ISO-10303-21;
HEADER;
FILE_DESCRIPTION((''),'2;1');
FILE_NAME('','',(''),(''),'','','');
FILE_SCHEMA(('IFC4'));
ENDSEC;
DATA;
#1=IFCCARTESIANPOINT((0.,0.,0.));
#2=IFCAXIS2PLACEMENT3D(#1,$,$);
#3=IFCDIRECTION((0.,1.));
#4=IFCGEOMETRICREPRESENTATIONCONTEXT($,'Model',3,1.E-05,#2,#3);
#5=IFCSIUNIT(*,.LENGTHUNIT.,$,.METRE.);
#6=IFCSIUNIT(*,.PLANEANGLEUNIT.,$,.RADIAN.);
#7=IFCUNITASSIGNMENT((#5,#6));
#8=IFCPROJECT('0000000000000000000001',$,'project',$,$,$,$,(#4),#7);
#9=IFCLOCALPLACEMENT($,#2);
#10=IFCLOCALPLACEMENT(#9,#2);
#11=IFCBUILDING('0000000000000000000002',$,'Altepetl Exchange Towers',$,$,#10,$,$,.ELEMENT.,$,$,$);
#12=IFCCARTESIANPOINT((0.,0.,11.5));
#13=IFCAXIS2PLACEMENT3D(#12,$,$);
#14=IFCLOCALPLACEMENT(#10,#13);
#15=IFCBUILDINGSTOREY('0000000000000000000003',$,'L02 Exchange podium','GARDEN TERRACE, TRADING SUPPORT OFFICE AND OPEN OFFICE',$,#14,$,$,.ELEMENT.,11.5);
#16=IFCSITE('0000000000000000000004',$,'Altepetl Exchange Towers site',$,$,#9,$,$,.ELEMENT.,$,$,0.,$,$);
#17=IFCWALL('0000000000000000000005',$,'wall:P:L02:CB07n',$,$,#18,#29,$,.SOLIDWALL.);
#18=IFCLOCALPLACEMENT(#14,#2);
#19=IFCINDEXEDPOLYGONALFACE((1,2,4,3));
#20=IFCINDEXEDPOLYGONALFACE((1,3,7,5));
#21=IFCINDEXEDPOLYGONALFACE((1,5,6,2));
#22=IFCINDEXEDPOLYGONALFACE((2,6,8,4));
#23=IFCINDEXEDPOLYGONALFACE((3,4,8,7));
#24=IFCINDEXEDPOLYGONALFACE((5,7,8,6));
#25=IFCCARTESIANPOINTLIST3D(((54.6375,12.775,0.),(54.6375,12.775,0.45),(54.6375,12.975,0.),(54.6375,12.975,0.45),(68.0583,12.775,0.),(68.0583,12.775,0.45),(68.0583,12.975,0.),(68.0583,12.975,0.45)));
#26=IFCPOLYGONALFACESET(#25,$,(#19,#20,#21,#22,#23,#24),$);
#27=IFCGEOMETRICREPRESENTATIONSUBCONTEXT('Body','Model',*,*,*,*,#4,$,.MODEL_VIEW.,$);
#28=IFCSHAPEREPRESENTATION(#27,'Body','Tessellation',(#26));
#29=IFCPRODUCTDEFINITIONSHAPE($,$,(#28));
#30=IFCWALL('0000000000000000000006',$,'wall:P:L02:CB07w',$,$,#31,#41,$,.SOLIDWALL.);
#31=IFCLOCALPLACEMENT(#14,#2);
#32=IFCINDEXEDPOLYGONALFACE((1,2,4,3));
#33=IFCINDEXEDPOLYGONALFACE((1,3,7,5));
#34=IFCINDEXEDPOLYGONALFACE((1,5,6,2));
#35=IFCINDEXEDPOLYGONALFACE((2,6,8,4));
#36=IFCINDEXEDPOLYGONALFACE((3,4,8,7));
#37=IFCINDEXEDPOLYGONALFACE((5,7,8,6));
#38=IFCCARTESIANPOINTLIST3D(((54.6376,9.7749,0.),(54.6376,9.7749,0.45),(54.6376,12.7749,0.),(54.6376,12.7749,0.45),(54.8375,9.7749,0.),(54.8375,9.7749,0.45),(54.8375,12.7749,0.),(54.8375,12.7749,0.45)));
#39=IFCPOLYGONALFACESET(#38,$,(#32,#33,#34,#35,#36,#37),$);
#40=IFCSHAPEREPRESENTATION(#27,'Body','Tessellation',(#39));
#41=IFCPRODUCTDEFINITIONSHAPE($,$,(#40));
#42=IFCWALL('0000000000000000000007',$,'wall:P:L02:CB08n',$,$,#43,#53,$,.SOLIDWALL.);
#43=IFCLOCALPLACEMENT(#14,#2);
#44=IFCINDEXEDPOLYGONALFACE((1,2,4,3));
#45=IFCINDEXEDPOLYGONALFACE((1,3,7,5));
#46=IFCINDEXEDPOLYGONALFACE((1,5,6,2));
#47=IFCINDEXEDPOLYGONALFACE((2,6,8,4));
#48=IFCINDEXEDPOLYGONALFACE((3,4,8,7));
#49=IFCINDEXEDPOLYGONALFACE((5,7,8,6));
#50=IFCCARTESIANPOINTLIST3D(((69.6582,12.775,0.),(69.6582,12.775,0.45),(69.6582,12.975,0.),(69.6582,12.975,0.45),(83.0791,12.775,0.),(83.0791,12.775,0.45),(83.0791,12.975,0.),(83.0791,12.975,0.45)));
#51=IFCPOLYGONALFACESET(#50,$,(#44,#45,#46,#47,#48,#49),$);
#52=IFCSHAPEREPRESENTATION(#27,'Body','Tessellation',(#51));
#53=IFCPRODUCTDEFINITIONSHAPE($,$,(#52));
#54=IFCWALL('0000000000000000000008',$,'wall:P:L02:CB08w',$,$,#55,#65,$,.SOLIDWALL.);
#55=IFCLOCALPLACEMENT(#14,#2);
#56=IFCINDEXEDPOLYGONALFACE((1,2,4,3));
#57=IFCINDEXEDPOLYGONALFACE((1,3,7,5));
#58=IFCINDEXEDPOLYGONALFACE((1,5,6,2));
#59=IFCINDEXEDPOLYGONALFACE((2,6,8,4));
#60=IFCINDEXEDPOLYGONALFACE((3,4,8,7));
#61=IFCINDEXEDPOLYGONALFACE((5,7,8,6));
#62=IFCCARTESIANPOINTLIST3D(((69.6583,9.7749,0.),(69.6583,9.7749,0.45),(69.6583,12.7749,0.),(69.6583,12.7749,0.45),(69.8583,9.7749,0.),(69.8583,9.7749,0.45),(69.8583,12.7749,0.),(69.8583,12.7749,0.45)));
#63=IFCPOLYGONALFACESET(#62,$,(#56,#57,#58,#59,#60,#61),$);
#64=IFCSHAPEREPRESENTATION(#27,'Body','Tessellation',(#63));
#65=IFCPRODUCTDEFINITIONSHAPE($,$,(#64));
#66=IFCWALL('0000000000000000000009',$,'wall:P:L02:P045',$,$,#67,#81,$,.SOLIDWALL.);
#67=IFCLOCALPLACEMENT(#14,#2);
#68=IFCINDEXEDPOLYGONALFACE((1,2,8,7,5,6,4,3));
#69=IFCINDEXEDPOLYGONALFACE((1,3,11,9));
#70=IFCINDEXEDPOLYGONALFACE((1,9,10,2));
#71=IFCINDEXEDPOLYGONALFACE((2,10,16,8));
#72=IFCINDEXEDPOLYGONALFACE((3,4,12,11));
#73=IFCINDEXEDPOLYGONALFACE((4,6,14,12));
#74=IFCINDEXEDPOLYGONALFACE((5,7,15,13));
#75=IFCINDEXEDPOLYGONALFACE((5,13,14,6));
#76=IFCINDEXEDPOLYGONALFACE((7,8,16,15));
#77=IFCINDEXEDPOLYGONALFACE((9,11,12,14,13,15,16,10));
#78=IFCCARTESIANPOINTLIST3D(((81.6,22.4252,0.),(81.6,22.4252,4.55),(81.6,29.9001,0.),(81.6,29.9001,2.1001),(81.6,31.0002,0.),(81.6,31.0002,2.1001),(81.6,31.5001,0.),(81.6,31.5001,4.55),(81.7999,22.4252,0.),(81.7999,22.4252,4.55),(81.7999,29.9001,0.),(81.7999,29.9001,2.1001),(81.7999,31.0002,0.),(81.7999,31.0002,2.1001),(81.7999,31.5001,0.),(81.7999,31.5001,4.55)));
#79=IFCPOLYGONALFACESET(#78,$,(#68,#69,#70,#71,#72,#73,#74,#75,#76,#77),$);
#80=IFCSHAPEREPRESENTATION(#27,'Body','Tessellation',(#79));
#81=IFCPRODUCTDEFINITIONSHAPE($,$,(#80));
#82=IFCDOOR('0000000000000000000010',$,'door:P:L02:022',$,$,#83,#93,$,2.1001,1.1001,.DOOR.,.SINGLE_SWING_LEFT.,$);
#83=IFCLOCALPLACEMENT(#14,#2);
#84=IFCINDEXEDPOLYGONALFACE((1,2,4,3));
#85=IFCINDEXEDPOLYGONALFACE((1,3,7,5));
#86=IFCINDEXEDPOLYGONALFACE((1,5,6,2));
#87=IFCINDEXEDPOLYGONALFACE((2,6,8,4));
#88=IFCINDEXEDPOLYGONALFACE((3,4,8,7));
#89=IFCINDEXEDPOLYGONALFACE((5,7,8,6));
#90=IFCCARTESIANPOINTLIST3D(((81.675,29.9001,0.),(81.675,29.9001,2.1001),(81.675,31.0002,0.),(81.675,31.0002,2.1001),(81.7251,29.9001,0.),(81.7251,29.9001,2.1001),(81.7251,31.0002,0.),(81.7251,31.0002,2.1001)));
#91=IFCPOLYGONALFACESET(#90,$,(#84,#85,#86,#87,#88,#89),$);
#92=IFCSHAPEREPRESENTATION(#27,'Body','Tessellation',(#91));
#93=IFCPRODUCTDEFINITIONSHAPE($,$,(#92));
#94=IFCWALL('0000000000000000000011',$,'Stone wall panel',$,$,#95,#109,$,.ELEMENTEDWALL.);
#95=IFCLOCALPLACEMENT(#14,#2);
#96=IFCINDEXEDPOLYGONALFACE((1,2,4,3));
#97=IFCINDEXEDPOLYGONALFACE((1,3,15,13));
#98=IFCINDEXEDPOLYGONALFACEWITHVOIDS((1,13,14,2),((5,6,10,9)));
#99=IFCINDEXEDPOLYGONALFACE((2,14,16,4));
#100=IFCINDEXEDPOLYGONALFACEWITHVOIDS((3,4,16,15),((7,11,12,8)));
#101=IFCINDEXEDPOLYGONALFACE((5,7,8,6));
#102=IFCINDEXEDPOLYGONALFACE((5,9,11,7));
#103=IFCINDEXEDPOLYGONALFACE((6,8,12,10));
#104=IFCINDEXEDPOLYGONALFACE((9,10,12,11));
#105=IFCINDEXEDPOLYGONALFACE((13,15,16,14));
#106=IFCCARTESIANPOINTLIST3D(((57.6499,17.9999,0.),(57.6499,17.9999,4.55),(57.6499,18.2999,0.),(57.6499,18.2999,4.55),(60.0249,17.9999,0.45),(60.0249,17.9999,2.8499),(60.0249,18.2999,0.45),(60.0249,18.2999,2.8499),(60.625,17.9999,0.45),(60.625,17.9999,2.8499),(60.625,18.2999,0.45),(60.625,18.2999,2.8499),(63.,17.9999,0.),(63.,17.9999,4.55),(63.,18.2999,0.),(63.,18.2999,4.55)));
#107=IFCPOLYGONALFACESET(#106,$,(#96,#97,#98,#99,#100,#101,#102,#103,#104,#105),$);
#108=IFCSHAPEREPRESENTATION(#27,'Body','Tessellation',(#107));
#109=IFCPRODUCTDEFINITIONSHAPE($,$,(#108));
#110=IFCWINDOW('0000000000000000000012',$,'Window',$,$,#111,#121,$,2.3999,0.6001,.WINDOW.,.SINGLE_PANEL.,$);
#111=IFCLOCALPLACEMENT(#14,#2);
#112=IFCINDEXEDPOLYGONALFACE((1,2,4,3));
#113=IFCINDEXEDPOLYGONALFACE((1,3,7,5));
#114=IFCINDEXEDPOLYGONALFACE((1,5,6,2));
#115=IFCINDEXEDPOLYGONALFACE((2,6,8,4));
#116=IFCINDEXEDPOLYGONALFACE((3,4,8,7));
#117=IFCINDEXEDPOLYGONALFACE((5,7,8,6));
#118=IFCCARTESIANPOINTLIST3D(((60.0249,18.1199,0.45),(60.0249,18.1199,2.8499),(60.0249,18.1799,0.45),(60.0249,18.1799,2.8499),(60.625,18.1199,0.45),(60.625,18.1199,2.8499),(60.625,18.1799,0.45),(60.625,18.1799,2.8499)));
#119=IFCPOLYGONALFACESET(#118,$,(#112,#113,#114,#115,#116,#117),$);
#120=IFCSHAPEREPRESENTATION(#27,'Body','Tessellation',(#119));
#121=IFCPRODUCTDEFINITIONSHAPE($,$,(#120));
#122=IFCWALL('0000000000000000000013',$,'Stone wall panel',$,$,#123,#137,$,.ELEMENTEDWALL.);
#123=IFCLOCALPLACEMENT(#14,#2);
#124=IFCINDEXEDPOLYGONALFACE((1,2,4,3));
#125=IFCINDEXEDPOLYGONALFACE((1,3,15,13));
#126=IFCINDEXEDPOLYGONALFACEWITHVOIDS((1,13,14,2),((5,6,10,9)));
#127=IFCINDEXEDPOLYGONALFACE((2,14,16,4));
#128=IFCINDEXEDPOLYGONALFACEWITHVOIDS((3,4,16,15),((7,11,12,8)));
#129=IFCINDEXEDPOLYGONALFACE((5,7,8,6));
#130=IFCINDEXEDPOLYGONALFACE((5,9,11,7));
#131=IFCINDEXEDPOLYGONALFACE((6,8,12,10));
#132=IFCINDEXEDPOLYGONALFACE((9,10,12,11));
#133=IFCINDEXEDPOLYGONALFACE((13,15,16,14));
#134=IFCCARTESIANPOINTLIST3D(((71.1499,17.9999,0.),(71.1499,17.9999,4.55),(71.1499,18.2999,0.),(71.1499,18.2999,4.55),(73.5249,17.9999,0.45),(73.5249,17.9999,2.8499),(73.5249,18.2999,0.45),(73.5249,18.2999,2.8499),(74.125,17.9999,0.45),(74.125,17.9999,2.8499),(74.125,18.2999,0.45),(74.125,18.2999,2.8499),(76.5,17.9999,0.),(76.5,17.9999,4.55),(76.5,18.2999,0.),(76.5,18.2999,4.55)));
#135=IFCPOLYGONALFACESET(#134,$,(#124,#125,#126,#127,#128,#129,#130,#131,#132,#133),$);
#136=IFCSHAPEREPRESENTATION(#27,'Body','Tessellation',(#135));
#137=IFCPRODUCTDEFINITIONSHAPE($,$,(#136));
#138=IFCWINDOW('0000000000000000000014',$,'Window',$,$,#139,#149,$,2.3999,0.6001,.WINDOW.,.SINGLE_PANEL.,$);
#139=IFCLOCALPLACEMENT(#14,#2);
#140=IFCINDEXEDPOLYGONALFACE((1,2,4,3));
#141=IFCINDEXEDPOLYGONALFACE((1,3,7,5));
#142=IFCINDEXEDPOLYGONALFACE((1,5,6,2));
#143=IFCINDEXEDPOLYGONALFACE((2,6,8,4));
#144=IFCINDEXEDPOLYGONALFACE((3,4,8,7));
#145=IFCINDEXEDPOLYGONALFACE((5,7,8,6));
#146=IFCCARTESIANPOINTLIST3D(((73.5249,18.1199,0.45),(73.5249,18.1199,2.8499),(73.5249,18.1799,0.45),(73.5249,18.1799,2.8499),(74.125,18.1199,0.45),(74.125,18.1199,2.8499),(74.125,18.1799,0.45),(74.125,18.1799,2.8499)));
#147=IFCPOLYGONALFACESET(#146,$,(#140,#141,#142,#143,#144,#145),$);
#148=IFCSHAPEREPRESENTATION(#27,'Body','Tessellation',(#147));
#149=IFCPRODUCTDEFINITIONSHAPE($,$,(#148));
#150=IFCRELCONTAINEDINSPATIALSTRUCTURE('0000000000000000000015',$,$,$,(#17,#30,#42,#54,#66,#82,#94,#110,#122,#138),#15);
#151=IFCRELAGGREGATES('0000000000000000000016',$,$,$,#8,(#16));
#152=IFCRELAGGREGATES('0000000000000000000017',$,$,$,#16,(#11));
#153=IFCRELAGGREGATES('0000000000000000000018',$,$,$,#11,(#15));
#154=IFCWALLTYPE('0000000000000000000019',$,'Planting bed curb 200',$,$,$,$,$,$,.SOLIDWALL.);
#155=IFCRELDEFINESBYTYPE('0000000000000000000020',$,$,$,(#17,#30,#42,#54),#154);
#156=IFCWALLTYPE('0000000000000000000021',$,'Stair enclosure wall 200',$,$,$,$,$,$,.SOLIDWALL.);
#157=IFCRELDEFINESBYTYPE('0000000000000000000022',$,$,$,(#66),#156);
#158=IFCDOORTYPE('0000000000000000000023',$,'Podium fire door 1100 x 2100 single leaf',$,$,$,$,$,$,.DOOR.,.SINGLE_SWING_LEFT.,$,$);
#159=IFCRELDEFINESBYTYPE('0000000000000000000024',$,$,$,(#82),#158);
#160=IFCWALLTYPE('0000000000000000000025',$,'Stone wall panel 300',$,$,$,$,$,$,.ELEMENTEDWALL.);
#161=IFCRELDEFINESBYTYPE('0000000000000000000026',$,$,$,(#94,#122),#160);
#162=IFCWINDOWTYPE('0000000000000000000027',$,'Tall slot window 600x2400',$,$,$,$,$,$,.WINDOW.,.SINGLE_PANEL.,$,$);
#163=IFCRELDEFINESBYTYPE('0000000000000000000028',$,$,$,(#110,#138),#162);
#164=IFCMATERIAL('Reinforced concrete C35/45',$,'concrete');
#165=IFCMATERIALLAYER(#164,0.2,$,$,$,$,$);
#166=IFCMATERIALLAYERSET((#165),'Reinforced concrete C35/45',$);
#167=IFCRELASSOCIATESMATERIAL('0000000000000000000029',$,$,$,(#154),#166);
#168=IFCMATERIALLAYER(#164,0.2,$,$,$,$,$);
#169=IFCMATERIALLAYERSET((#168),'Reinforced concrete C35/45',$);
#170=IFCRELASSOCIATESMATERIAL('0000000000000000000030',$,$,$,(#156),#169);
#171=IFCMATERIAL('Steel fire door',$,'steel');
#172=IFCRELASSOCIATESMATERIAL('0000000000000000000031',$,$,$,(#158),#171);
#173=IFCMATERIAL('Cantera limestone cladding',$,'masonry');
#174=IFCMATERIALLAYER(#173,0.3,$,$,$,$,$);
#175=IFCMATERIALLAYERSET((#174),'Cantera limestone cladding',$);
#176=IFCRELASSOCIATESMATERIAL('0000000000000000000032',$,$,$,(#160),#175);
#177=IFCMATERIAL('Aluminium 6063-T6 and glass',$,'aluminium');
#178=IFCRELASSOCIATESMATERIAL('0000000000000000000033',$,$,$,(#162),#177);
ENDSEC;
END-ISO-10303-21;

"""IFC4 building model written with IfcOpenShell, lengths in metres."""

from ifc_helpers import new_model, si_unit, direction, frame, frame_2d, origin, place, context, subcontext, project, spatial, rectangle, extrude, material, layer, layer_set, type_object, element, fill, save


model = new_model("IFC4")

# Units and contexts
model_context = context("Model", 3, precision=1e-05, world=origin(), true_north=direction((0.0, 1.0)))
body_context = subcontext(model_context, "Body", "Model", "MODEL_VIEW")
ifc_project = project(units=[si_unit("LENGTHUNIT", "METRE"), si_unit("PLANEANGLEUNIT", "RADIAN")], contexts=[model_context])

# Site, building, storey
site_placement = place(None, origin())
site = spatial("IfcSite", under=ifc_project, at=site_placement, Name="Altepetl Exchange Towers site", CompositionType="ELEMENT", RefElevation=0.0)
building_placement = place(site_placement, origin())
building = spatial("IfcBuilding", under=site, at=building_placement, Name="Altepetl Exchange Towers", CompositionType="ELEMENT")
storey_placement = place(building_placement, frame((0.0, 0.0, 11.5)))
storey = spatial("IfcBuildingStorey", under=building, at=storey_placement, Name="L02 Exchange podium", Description="GARDEN TERRACE, TRADING SUPPORT OFFICE AND OPEN OFFICE", CompositionType="ELEMENT", Elevation=11.5)

# Shared definitions
ifc_material_1 = material(Name="Aluminium 6063-T6 and glass", Category="aluminium")

# Walls
ifc_material_2 = material(Name="Reinforced concrete C35/45", Category="concrete")
ifc_layer_1 = layer(ifc_material_2, 0.2)
ifc_layer_set_1 = layer_set([ifc_layer_1], Name="Reinforced concrete C35/45")
wall_type_1 = type_object("IfcWallType", Name="Planting bed curb 200", PredefinedType="SOLIDWALL", material=ifc_layer_set_1)
wall_1_placement = place(storey_placement, frame((54.6375, 12.875, 0.0)))
element("IfcWall", 1, at=wall_1_placement, inside=storey, type_object=wall_type_1, Name="wall:P:L02:CB07n", PredefinedType="SOLIDWALL", context=body_context, shape_type="SweptSolid", body=[
    extrude(rectangle(XDim=13.4209, YDim=0.2, at=frame_2d((6.7104, 0.0))), origin(), (0.0, 0.0, 1.0), 0.45),
])
wall_2_placement = place(storey_placement, frame((54.7375, 9.7749, 0.0), z_axis=(0.0, 0.0, 1.0), x_axis=(0.0, 1.0, 0.0)))
element("IfcWall", 2, at=wall_2_placement, inside=storey, type_object=wall_type_1, Name="wall:P:L02:CB07w", PredefinedType="SOLIDWALL", context=body_context, shape_type="SweptSolid", body=[
    extrude(rectangle(XDim=3.0, YDim=0.2, at=frame_2d((1.5, 0.0))), origin(), (0.0, 0.0, 1.0), 0.45),
])
wall_3_placement = place(storey_placement, frame((69.6582, 12.875, 0.0)))
element("IfcWall", 3, at=wall_3_placement, inside=storey, type_object=wall_type_1, Name="wall:P:L02:CB08n", PredefinedType="SOLIDWALL", context=body_context, shape_type="SweptSolid", body=[
    extrude(rectangle(XDim=13.4209, YDim=0.2, at=frame_2d((6.7104, 0.0))), origin(), (0.0, 0.0, 1.0), 0.45),
])
wall_4_placement = place(storey_placement, frame((69.7583, 9.7749, 0.0), z_axis=(0.0, 0.0, 1.0), x_axis=(0.0, 1.0, 0.0)))
element("IfcWall", 4, at=wall_4_placement, inside=storey, type_object=wall_type_1, Name="wall:P:L02:CB08w", PredefinedType="SOLIDWALL", context=body_context, shape_type="SweptSolid", body=[
    extrude(rectangle(XDim=3.0, YDim=0.2, at=frame_2d((1.5, 0.0))), origin(), (0.0, 0.0, 1.0), 0.45),
])

# Wall, opening, door
ifc_layer_2 = layer(ifc_material_2, 0.2)
ifc_layer_set_2 = layer_set([ifc_layer_2], Name="Reinforced concrete C35/45")
wall_type_2 = type_object("IfcWallType", Name="Stair enclosure wall 200", PredefinedType="SOLIDWALL", material=ifc_layer_set_2)
wall_5_placement = place(storey_placement, frame((81.7, 22.425, 0.0), z_axis=(0.0, 0.0, 1.0), x_axis=(0.0, 1.0, 0.0)))
wall_5 = element("IfcWall", 5, at=wall_5_placement, inside=storey, type_object=wall_type_2, Name="wall:P:L02:P045", PredefinedType="SOLIDWALL", context=body_context, shape_type="SweptSolid", body=[
    extrude(rectangle(XDim=9.075, YDim=0.2, at=frame_2d((4.5376, 0.0))), origin(), (0.0, 0.0, 1.0), 4.55),
])
opening_1_placement = place(wall_5_placement, frame((7.4751, 0.0, 0.0)))
opening_1 = element("IfcOpeningElement", 6, at=opening_1_placement, cuts=wall_5, PredefinedType="OPENING", context=body_context, shape_type="SweptSolid", body=[
    extrude(rectangle(XDim=1.1001, YDim=2.1001, at=frame_2d((0.55, 1.05))), frame((0.0, 0.1099, 0.0), z_axis=(0.0, -1.0, 0.0), x_axis=(1.0, 0.0, 0.0)), (0.0, 0.0, 1.0), 0.22),
])
ifc_material_3 = material(Name="Steel fire door", Category="steel")
door_type_1 = type_object("IfcDoorType", Name="Podium fire door 1100 x 2100 single leaf", OperationType="SINGLE_SWING_LEFT", PredefinedType="DOOR", material=ifc_material_3)
door_1_placement = place(opening_1_placement, origin())
door_1 = element("IfcDoor", 7, at=door_1_placement, inside=storey, type_object=door_type_1, Name="door:P:L02:022", OperationType="SINGLE_SWING_LEFT", OverallHeight=2.1001, OverallWidth=1.1001, PredefinedType="DOOR", context=body_context, shape_type="SweptSolid", body=[
    extrude(rectangle(XDim=1.1001, YDim=2.1001, at=frame_2d((0.55, 1.05))), frame((0.0, 0.0249, 0.0), z_axis=(0.0, -1.0, 0.0), x_axis=(1.0, 0.0, 0.0)), (0.0, 0.0, 1.0), 0.05),
])
fill(opening_1, door_1)

# Walls, openings, windows
ifc_material_4 = material(Name="Cantera limestone cladding", Category="masonry")
ifc_layer_3 = layer(ifc_material_4, 0.3)
ifc_layer_set_3 = layer_set([ifc_layer_3], Name="Cantera limestone cladding")
wall_type_3 = type_object("IfcWallType", Name="Stone wall panel 300", PredefinedType="ELEMENTEDWALL", material=ifc_layer_set_3)
wall_6_placement = place(storey_placement, frame((57.6499, 18.1499, 0.0)))
wall_6 = element("IfcWall", 8, at=wall_6_placement, inside=storey, type_object=wall_type_3, Name="Stone wall panel", PredefinedType="ELEMENTEDWALL", context=body_context, shape_type="SweptSolid", body=[
    extrude(rectangle(XDim=5.3501, YDim=0.3, at=frame_2d((2.675, 0.0))), origin(), (0.0, 0.0, 1.0), 4.55),
])
opening_2_placement = place(wall_6_placement, frame((2.375, 0.0, 0.45)))
opening_2 = element("IfcOpeningElement", 9, at=opening_2_placement, cuts=wall_6, PredefinedType="OPENING", context=body_context, shape_type="SweptSolid", body=[
    extrude(rectangle(XDim=0.6001, YDim=2.3999, at=frame_2d((0.3, 1.2))), frame((0.0, 0.1602, 0.0), z_axis=(0.0, -1.0, 0.0), x_axis=(1.0, 0.0, 0.0)), (0.0, 0.0, 1.0), 0.3201),
])
window_type = type_object("IfcWindowType", Name="Tall slot window 600x2400", PartitioningType="SINGLE_PANEL", PredefinedType="WINDOW", material=ifc_material_1)
window_1_placement = place(opening_2_placement, origin())
window_1 = element("IfcWindow", 10, at=window_1_placement, inside=storey, type_object=window_type, Name="Window", OverallHeight=2.3999, OverallWidth=0.6001, PartitioningType="SINGLE_PANEL", PredefinedType="WINDOW", context=body_context, shape_type="SweptSolid", body=[
    extrude(rectangle(XDim=0.6001, YDim=2.3999, at=frame_2d((0.3, 1.2))), frame((0.0, 0.03, 0.0), z_axis=(0.0, -1.0, 0.0), x_axis=(1.0, 0.0, 0.0)), (0.0, 0.0, 1.0), 0.0601),
])
fill(opening_2, window_1)
wall_7_placement = place(storey_placement, frame((71.1499, 18.1499, 0.0)))
wall_7 = element("IfcWall", 11, at=wall_7_placement, inside=storey, type_object=wall_type_3, Name="Stone wall panel", PredefinedType="ELEMENTEDWALL", context=body_context, shape_type="SweptSolid", body=[
    extrude(rectangle(XDim=5.3501, YDim=0.3, at=frame_2d((2.675, 0.0))), origin(), (0.0, 0.0, 1.0), 4.55),
])
opening_3_placement = place(wall_7_placement, frame((2.375, 0.0, 0.45)))
opening_3 = element("IfcOpeningElement", 12, at=opening_3_placement, cuts=wall_7, PredefinedType="OPENING", context=body_context, shape_type="SweptSolid", body=[
    extrude(rectangle(XDim=0.6001, YDim=2.3999, at=frame_2d((0.3, 1.2))), frame((0.0, 0.1602, 0.0), z_axis=(0.0, -1.0, 0.0), x_axis=(1.0, 0.0, 0.0)), (0.0, 0.0, 1.0), 0.3201),
])
window_2_placement = place(opening_3_placement, origin())
window_2 = element("IfcWindow", 13, at=window_2_placement, inside=storey, type_object=window_type, Name="Window", OverallHeight=2.3999, OverallWidth=0.6001, PartitioningType="SINGLE_PANEL", PredefinedType="WINDOW", context=body_context, shape_type="SweptSolid", body=[
    extrude(rectangle(XDim=0.6001, YDim=2.3999, at=frame_2d((0.3, 1.2))), frame((0.0, 0.03, 0.0), z_axis=(0.0, -1.0, 0.0), x_axis=(1.0, 0.0, 0.0)), (0.0, 0.0, 1.0), 0.0601),
])
fill(opening_3, window_2)

save(model, "model.ifc")
